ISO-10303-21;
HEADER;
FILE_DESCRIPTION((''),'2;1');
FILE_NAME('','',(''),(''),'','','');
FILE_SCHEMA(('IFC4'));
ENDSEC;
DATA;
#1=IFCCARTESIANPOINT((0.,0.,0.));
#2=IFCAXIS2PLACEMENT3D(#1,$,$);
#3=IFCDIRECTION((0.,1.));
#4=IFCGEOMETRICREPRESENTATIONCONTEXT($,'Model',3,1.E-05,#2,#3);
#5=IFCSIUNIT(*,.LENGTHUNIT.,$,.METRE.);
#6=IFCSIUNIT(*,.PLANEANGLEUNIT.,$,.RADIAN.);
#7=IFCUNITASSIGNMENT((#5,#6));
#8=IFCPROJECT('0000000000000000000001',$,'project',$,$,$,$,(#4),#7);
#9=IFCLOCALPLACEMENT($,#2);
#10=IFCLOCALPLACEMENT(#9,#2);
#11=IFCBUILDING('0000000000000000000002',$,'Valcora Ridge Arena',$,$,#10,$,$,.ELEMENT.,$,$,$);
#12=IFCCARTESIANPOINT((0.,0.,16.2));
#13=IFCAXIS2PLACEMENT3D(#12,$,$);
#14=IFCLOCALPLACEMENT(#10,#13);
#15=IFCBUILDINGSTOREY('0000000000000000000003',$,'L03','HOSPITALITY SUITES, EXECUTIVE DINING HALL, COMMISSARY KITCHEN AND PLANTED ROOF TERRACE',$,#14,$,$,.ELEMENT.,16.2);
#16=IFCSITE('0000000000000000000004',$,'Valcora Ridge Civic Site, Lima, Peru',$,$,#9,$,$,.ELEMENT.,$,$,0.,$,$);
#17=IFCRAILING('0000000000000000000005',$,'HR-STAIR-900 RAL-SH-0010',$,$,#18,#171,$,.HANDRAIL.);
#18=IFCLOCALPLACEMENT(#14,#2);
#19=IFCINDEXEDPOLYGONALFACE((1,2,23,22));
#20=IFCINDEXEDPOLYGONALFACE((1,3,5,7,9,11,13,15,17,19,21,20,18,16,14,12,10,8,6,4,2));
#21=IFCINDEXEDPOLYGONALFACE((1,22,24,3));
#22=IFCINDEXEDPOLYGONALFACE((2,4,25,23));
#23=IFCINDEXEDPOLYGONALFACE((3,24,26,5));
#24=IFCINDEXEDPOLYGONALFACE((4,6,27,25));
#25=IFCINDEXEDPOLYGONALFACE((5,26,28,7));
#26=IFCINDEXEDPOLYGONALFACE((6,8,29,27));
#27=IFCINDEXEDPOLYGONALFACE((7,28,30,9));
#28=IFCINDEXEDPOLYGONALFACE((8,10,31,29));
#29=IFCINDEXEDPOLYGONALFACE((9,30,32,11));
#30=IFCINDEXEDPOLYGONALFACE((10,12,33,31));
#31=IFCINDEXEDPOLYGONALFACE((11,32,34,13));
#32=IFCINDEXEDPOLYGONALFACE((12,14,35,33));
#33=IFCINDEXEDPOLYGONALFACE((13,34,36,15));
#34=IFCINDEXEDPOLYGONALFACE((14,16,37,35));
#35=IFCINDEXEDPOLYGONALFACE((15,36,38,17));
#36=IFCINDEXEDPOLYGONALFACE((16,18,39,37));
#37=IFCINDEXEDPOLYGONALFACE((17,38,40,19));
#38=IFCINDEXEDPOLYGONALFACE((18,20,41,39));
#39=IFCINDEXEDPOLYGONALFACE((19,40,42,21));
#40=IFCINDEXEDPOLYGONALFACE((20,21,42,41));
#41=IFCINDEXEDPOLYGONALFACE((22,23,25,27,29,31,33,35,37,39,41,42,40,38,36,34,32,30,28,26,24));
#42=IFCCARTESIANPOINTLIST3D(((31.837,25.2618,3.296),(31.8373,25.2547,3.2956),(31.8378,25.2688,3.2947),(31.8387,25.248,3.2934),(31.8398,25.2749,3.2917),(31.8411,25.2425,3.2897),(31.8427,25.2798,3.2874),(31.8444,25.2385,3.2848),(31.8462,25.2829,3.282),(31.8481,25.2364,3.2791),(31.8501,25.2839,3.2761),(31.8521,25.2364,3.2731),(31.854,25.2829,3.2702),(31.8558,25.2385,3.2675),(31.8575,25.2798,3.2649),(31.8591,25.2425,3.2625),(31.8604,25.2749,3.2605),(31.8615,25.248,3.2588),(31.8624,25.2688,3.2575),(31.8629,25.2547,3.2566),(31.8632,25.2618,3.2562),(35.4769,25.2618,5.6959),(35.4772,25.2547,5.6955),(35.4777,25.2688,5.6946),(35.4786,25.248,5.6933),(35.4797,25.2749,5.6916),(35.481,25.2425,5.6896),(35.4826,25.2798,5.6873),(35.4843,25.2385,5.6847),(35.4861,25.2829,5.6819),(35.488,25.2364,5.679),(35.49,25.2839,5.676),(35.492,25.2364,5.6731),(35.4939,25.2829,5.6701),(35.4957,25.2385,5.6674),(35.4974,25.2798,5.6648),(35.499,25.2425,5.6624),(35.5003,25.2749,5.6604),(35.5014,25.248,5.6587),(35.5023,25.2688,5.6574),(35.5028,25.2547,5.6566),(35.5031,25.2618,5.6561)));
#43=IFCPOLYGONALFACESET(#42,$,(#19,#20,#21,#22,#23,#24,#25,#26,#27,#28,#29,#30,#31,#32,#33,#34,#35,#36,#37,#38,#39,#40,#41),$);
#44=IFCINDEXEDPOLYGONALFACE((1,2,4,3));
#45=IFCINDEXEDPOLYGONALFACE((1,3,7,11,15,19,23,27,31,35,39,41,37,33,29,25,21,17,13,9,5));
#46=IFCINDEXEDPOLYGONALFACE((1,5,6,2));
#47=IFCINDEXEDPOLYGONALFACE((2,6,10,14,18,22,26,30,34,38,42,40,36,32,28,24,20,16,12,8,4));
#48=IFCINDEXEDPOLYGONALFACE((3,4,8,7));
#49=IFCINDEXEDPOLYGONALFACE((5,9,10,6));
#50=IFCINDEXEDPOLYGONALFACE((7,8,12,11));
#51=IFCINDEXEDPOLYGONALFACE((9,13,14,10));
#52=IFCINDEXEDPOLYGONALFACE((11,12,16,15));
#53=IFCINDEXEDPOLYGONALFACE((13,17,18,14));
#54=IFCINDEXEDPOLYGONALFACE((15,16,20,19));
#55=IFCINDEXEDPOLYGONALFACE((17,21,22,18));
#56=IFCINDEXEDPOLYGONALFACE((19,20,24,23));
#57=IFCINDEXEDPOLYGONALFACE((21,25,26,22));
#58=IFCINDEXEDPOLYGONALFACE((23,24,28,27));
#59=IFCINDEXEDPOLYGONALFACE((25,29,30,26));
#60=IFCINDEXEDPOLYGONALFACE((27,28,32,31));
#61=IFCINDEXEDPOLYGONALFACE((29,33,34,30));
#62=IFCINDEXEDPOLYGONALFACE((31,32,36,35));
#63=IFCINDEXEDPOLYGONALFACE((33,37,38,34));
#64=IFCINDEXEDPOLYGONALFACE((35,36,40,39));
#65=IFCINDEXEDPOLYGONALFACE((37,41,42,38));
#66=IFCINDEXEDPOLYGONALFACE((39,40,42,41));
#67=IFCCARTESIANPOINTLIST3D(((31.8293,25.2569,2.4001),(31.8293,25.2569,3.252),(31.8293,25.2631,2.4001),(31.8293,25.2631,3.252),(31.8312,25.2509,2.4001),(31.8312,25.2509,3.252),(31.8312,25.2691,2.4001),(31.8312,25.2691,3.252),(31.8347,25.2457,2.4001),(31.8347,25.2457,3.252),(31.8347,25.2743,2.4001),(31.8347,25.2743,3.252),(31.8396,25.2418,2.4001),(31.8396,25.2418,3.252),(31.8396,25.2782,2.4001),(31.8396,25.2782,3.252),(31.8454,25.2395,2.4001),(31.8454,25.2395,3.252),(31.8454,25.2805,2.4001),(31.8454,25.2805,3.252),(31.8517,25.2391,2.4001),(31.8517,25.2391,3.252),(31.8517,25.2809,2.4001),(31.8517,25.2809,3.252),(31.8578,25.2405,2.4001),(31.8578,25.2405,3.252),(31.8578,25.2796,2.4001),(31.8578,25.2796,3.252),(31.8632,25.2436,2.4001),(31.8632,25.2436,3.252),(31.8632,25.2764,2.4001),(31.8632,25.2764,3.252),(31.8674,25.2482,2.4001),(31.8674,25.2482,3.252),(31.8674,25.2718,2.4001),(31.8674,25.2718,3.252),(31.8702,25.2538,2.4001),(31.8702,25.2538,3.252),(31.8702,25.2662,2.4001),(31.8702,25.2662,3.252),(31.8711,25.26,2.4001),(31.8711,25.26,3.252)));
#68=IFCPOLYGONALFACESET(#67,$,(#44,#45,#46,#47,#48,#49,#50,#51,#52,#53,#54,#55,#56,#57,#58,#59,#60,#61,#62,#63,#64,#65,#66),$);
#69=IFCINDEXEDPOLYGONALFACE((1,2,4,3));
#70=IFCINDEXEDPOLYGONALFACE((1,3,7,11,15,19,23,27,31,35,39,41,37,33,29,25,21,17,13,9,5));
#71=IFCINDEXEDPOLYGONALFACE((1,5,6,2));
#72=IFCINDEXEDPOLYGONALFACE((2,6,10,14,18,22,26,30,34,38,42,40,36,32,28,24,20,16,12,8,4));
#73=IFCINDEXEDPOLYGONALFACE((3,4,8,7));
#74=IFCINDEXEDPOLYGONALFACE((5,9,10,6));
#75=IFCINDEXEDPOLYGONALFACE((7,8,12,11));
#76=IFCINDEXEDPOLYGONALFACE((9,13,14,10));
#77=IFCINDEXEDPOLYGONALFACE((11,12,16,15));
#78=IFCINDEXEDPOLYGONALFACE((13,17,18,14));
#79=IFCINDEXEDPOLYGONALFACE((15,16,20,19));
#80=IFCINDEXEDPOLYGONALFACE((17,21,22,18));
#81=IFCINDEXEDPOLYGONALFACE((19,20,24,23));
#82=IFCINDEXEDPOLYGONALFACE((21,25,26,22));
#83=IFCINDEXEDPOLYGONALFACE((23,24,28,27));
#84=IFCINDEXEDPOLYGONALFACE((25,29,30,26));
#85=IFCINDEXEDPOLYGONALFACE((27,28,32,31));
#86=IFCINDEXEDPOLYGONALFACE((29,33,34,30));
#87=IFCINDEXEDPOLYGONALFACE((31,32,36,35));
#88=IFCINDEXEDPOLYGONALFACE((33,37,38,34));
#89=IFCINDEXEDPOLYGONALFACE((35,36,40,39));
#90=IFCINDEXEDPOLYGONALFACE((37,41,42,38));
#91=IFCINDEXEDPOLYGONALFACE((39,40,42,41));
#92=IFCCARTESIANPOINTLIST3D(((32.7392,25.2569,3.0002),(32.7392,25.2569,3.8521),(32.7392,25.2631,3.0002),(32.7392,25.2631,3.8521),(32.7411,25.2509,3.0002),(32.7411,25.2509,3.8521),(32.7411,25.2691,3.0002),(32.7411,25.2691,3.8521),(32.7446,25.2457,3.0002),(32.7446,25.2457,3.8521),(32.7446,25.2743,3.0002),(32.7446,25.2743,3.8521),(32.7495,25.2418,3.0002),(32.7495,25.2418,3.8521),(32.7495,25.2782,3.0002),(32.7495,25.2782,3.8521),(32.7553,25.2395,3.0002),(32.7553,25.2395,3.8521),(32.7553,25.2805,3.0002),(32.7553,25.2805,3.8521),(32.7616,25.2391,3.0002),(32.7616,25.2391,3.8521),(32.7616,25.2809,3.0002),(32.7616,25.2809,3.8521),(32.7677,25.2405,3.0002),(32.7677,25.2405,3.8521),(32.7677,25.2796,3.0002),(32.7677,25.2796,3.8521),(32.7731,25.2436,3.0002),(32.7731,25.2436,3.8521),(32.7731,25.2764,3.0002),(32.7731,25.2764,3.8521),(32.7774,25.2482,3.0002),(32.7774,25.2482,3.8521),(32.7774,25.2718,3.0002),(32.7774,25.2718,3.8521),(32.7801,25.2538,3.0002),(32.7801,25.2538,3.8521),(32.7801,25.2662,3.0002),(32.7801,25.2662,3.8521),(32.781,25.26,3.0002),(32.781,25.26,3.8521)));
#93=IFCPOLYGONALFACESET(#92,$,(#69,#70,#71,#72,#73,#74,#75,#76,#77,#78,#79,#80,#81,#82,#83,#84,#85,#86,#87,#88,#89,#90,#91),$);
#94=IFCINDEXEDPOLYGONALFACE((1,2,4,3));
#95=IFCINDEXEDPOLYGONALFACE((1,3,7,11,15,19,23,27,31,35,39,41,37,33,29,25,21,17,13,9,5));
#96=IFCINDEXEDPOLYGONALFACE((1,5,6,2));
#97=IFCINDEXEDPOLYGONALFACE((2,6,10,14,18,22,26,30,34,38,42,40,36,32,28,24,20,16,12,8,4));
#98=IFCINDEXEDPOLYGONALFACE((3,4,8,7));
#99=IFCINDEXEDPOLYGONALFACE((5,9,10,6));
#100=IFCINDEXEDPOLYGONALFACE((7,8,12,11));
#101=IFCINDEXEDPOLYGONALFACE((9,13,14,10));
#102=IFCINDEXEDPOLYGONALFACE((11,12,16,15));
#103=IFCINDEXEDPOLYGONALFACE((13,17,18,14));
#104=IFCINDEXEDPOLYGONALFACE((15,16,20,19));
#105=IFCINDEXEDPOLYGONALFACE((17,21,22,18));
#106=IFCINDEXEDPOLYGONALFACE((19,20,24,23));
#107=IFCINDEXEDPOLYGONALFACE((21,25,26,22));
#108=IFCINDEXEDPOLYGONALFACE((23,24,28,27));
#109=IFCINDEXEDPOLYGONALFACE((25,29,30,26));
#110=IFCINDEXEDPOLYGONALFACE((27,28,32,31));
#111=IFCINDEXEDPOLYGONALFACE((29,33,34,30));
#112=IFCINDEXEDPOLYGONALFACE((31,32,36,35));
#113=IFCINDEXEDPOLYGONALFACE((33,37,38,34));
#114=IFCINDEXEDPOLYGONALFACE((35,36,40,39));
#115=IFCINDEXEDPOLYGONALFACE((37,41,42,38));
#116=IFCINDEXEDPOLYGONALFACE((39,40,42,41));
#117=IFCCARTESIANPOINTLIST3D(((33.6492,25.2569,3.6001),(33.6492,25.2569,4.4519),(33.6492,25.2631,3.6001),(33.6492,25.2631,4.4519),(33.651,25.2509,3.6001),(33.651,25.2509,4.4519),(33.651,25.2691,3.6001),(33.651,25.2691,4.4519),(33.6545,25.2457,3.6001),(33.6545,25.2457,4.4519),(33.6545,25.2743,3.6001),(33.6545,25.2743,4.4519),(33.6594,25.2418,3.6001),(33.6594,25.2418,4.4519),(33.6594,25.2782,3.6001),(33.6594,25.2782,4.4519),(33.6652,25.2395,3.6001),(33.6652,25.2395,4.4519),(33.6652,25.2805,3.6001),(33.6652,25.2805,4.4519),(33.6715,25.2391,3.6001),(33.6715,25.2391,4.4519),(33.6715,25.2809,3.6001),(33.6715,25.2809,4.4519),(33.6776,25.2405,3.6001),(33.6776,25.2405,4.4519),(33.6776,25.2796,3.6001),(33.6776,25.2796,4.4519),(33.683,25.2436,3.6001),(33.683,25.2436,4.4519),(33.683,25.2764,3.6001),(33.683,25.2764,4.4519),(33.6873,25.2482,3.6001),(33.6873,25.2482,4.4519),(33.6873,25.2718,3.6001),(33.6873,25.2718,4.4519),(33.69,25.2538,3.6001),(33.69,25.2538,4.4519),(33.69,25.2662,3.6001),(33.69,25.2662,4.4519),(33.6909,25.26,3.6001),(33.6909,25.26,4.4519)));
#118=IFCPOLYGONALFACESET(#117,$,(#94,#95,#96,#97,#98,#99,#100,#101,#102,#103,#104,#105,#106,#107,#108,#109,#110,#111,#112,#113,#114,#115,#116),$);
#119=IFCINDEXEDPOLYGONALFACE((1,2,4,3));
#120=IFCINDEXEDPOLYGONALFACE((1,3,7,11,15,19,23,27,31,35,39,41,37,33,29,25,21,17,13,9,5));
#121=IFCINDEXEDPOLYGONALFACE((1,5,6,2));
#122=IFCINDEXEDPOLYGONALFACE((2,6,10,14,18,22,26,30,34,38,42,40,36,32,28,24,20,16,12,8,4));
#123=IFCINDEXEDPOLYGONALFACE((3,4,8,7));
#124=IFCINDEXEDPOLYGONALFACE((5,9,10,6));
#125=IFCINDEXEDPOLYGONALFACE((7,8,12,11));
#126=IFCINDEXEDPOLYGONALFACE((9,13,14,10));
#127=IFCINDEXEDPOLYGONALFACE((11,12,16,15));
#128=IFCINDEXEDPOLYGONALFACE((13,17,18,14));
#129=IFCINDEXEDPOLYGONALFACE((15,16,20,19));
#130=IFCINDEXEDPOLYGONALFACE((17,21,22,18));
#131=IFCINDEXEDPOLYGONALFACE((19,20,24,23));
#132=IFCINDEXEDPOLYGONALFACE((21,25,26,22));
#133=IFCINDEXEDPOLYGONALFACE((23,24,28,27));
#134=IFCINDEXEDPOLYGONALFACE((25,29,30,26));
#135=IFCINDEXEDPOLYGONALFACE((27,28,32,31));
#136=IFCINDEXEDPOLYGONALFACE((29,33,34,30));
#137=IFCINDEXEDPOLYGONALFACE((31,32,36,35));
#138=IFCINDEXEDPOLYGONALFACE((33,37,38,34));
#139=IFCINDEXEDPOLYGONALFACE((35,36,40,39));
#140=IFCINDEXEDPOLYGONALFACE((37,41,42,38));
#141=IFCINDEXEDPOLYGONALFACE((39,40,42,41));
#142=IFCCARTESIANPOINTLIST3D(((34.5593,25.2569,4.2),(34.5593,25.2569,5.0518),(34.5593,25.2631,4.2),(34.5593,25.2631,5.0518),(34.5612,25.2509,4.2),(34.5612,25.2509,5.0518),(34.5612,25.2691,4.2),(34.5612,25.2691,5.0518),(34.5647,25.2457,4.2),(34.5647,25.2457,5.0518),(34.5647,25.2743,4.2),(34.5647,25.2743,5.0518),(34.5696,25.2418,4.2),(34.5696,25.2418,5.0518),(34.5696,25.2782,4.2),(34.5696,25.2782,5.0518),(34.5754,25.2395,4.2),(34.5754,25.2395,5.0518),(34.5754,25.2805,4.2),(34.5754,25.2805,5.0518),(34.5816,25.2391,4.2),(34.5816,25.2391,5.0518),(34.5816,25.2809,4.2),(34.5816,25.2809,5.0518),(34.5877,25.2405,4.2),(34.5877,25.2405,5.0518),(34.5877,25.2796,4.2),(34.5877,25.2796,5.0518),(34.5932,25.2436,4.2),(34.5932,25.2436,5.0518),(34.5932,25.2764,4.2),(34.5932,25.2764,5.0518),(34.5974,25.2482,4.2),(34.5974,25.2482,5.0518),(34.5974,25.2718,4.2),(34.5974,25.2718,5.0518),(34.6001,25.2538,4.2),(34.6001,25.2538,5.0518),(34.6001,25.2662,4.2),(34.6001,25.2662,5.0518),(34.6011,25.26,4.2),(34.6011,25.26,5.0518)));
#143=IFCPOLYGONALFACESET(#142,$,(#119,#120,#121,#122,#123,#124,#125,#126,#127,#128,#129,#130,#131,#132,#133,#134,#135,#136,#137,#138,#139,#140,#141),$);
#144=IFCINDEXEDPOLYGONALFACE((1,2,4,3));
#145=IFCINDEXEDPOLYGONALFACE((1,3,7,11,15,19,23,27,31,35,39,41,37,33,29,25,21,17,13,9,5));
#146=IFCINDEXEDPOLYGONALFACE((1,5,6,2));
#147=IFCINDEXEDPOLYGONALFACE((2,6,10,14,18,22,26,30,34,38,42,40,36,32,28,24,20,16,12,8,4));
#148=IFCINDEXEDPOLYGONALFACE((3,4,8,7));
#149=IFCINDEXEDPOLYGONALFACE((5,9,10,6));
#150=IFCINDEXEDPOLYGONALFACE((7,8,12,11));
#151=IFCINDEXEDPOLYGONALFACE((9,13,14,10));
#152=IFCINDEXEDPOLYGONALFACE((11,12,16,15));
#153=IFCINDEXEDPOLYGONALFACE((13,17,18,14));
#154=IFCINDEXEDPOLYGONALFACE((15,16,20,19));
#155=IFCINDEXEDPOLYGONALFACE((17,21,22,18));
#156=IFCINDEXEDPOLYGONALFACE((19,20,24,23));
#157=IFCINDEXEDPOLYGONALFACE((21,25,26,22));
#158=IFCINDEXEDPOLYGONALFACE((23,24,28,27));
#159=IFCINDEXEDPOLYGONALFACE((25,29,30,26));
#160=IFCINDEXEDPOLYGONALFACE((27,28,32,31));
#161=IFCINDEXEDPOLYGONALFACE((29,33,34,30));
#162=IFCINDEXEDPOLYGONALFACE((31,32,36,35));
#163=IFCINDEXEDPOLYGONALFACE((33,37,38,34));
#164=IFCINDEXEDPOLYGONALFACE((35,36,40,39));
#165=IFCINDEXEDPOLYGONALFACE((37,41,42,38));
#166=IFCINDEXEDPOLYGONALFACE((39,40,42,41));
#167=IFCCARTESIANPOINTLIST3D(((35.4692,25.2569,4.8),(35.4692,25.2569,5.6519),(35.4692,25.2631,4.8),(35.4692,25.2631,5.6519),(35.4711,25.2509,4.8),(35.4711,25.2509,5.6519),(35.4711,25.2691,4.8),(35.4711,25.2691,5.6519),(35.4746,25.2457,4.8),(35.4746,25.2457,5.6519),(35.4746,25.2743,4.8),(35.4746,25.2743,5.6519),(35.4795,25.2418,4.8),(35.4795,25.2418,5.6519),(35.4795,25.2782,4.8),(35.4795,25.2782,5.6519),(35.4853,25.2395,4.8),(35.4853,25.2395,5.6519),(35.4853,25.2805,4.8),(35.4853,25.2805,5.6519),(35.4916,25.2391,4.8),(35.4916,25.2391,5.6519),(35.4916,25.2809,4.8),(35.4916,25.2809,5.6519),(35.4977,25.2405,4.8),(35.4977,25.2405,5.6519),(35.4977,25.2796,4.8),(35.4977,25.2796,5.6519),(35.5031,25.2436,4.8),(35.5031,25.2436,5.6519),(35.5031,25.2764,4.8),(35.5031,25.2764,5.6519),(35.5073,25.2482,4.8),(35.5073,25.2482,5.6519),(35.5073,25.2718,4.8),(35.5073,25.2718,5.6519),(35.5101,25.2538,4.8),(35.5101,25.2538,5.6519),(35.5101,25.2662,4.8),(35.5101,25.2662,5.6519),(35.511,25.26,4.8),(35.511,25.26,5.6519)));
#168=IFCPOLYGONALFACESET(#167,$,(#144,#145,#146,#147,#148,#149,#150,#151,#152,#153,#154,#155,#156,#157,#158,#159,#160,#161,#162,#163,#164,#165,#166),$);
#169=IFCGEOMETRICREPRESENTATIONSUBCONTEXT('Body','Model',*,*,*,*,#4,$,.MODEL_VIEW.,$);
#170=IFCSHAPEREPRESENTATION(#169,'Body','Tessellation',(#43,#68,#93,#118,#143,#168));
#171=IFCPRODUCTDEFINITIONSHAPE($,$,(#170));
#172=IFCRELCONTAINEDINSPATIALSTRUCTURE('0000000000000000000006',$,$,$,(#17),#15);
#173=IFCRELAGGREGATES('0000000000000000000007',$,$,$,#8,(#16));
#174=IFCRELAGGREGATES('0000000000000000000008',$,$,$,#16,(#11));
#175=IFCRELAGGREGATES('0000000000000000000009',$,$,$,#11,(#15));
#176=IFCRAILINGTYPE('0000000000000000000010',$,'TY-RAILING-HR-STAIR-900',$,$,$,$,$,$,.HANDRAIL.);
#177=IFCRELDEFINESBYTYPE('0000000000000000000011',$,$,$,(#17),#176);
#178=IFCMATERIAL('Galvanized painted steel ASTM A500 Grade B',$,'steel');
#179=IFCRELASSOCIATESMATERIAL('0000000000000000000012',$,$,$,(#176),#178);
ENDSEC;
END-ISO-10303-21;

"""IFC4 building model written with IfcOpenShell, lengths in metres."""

from ifc_helpers import new_model, si_unit, direction, frame, origin, origin_2d, place, context, subcontext, project, spatial, circle, extrude, material, type_object, element, save


model = new_model("IFC4")

# Units and contexts
model_context = context("Model", 3, precision=1e-05, world=origin(), true_north=direction((0.0, 1.0)))
body_context = subcontext(model_context, "Body", "Model", "MODEL_VIEW")
ifc_project = project(units=[si_unit("LENGTHUNIT", "METRE"), si_unit("PLANEANGLEUNIT", "RADIAN")], contexts=[model_context])

# Site, building, storey
site_placement = place(None, origin())
site = spatial("IfcSite", under=ifc_project, at=site_placement, Name="Valcora Ridge Civic Site, Lima, Peru", CompositionType="ELEMENT", RefElevation=0.0)
building_placement = place(site_placement, origin())
building = spatial("IfcBuilding", under=site, at=building_placement, Name="Valcora Ridge Arena", CompositionType="ELEMENT")
storey_placement = place(building_placement, frame((0.0, 0.0, 16.2)))
storey = spatial("IfcBuildingStorey", under=building, at=storey_placement, Name="L03", Description="HOSPITALITY SUITES, EXECUTIVE DINING HALL, COMMISSARY KITCHEN AND PLANTED ROOF TERRACE", CompositionType="ELEMENT", Elevation=16.2)

# Railing
ifc_material_1 = material(Name="Galvanized painted steel ASTM A500 Grade B", Category="steel")
railing_type_1 = type_object("IfcRailingType", Name="TY-RAILING-HR-STAIR-900", PredefinedType="HANDRAIL", material=ifc_material_1)
railing_1_placement = place(storey_placement, frame((31.8501, 25.26, 2.4001)))
element("IfcRailing", 1, at=railing_1_placement, inside=storey, type_object=railing_type_1, Name="HR-STAIR-900 RAL-SH-0010", PredefinedType="HANDRAIL", context=body_context, shape_type="SweptSolid", body=[
    extrude(circle(Radius=0.0239, at=origin_2d()), frame((0.0, 0.0, 0.876), z_axis=(0.834865, 0.0, 0.550454), x_axis=(0.0, 1.0, 0.0)), (0.0, 0.0, 1.0), 4.3599),
    extrude(circle(Radius=0.021, at=origin_2d()), origin(), (0.0, 0.0, 1.0), 0.8518),
    extrude(circle(Radius=0.021, at=origin_2d()), frame((0.9099, 0.0, 0.6001)), (0.0, 0.0, 1.0), 0.8518),
    extrude(circle(Radius=0.021, at=origin_2d()), frame((1.8198, 0.0, 1.2)), (0.0, 0.0, 1.0), 0.8518),
    extrude(circle(Radius=0.021, at=origin_2d()), frame((2.73, 0.0, 1.7998)), (0.0, 0.0, 1.0), 0.8518),
    extrude(circle(Radius=0.021, at=origin_2d()), frame((3.6399, 0.0, 2.3999)), (0.0, 0.0, 1.0), 0.8518),
])

save(model, "model.ifc")
